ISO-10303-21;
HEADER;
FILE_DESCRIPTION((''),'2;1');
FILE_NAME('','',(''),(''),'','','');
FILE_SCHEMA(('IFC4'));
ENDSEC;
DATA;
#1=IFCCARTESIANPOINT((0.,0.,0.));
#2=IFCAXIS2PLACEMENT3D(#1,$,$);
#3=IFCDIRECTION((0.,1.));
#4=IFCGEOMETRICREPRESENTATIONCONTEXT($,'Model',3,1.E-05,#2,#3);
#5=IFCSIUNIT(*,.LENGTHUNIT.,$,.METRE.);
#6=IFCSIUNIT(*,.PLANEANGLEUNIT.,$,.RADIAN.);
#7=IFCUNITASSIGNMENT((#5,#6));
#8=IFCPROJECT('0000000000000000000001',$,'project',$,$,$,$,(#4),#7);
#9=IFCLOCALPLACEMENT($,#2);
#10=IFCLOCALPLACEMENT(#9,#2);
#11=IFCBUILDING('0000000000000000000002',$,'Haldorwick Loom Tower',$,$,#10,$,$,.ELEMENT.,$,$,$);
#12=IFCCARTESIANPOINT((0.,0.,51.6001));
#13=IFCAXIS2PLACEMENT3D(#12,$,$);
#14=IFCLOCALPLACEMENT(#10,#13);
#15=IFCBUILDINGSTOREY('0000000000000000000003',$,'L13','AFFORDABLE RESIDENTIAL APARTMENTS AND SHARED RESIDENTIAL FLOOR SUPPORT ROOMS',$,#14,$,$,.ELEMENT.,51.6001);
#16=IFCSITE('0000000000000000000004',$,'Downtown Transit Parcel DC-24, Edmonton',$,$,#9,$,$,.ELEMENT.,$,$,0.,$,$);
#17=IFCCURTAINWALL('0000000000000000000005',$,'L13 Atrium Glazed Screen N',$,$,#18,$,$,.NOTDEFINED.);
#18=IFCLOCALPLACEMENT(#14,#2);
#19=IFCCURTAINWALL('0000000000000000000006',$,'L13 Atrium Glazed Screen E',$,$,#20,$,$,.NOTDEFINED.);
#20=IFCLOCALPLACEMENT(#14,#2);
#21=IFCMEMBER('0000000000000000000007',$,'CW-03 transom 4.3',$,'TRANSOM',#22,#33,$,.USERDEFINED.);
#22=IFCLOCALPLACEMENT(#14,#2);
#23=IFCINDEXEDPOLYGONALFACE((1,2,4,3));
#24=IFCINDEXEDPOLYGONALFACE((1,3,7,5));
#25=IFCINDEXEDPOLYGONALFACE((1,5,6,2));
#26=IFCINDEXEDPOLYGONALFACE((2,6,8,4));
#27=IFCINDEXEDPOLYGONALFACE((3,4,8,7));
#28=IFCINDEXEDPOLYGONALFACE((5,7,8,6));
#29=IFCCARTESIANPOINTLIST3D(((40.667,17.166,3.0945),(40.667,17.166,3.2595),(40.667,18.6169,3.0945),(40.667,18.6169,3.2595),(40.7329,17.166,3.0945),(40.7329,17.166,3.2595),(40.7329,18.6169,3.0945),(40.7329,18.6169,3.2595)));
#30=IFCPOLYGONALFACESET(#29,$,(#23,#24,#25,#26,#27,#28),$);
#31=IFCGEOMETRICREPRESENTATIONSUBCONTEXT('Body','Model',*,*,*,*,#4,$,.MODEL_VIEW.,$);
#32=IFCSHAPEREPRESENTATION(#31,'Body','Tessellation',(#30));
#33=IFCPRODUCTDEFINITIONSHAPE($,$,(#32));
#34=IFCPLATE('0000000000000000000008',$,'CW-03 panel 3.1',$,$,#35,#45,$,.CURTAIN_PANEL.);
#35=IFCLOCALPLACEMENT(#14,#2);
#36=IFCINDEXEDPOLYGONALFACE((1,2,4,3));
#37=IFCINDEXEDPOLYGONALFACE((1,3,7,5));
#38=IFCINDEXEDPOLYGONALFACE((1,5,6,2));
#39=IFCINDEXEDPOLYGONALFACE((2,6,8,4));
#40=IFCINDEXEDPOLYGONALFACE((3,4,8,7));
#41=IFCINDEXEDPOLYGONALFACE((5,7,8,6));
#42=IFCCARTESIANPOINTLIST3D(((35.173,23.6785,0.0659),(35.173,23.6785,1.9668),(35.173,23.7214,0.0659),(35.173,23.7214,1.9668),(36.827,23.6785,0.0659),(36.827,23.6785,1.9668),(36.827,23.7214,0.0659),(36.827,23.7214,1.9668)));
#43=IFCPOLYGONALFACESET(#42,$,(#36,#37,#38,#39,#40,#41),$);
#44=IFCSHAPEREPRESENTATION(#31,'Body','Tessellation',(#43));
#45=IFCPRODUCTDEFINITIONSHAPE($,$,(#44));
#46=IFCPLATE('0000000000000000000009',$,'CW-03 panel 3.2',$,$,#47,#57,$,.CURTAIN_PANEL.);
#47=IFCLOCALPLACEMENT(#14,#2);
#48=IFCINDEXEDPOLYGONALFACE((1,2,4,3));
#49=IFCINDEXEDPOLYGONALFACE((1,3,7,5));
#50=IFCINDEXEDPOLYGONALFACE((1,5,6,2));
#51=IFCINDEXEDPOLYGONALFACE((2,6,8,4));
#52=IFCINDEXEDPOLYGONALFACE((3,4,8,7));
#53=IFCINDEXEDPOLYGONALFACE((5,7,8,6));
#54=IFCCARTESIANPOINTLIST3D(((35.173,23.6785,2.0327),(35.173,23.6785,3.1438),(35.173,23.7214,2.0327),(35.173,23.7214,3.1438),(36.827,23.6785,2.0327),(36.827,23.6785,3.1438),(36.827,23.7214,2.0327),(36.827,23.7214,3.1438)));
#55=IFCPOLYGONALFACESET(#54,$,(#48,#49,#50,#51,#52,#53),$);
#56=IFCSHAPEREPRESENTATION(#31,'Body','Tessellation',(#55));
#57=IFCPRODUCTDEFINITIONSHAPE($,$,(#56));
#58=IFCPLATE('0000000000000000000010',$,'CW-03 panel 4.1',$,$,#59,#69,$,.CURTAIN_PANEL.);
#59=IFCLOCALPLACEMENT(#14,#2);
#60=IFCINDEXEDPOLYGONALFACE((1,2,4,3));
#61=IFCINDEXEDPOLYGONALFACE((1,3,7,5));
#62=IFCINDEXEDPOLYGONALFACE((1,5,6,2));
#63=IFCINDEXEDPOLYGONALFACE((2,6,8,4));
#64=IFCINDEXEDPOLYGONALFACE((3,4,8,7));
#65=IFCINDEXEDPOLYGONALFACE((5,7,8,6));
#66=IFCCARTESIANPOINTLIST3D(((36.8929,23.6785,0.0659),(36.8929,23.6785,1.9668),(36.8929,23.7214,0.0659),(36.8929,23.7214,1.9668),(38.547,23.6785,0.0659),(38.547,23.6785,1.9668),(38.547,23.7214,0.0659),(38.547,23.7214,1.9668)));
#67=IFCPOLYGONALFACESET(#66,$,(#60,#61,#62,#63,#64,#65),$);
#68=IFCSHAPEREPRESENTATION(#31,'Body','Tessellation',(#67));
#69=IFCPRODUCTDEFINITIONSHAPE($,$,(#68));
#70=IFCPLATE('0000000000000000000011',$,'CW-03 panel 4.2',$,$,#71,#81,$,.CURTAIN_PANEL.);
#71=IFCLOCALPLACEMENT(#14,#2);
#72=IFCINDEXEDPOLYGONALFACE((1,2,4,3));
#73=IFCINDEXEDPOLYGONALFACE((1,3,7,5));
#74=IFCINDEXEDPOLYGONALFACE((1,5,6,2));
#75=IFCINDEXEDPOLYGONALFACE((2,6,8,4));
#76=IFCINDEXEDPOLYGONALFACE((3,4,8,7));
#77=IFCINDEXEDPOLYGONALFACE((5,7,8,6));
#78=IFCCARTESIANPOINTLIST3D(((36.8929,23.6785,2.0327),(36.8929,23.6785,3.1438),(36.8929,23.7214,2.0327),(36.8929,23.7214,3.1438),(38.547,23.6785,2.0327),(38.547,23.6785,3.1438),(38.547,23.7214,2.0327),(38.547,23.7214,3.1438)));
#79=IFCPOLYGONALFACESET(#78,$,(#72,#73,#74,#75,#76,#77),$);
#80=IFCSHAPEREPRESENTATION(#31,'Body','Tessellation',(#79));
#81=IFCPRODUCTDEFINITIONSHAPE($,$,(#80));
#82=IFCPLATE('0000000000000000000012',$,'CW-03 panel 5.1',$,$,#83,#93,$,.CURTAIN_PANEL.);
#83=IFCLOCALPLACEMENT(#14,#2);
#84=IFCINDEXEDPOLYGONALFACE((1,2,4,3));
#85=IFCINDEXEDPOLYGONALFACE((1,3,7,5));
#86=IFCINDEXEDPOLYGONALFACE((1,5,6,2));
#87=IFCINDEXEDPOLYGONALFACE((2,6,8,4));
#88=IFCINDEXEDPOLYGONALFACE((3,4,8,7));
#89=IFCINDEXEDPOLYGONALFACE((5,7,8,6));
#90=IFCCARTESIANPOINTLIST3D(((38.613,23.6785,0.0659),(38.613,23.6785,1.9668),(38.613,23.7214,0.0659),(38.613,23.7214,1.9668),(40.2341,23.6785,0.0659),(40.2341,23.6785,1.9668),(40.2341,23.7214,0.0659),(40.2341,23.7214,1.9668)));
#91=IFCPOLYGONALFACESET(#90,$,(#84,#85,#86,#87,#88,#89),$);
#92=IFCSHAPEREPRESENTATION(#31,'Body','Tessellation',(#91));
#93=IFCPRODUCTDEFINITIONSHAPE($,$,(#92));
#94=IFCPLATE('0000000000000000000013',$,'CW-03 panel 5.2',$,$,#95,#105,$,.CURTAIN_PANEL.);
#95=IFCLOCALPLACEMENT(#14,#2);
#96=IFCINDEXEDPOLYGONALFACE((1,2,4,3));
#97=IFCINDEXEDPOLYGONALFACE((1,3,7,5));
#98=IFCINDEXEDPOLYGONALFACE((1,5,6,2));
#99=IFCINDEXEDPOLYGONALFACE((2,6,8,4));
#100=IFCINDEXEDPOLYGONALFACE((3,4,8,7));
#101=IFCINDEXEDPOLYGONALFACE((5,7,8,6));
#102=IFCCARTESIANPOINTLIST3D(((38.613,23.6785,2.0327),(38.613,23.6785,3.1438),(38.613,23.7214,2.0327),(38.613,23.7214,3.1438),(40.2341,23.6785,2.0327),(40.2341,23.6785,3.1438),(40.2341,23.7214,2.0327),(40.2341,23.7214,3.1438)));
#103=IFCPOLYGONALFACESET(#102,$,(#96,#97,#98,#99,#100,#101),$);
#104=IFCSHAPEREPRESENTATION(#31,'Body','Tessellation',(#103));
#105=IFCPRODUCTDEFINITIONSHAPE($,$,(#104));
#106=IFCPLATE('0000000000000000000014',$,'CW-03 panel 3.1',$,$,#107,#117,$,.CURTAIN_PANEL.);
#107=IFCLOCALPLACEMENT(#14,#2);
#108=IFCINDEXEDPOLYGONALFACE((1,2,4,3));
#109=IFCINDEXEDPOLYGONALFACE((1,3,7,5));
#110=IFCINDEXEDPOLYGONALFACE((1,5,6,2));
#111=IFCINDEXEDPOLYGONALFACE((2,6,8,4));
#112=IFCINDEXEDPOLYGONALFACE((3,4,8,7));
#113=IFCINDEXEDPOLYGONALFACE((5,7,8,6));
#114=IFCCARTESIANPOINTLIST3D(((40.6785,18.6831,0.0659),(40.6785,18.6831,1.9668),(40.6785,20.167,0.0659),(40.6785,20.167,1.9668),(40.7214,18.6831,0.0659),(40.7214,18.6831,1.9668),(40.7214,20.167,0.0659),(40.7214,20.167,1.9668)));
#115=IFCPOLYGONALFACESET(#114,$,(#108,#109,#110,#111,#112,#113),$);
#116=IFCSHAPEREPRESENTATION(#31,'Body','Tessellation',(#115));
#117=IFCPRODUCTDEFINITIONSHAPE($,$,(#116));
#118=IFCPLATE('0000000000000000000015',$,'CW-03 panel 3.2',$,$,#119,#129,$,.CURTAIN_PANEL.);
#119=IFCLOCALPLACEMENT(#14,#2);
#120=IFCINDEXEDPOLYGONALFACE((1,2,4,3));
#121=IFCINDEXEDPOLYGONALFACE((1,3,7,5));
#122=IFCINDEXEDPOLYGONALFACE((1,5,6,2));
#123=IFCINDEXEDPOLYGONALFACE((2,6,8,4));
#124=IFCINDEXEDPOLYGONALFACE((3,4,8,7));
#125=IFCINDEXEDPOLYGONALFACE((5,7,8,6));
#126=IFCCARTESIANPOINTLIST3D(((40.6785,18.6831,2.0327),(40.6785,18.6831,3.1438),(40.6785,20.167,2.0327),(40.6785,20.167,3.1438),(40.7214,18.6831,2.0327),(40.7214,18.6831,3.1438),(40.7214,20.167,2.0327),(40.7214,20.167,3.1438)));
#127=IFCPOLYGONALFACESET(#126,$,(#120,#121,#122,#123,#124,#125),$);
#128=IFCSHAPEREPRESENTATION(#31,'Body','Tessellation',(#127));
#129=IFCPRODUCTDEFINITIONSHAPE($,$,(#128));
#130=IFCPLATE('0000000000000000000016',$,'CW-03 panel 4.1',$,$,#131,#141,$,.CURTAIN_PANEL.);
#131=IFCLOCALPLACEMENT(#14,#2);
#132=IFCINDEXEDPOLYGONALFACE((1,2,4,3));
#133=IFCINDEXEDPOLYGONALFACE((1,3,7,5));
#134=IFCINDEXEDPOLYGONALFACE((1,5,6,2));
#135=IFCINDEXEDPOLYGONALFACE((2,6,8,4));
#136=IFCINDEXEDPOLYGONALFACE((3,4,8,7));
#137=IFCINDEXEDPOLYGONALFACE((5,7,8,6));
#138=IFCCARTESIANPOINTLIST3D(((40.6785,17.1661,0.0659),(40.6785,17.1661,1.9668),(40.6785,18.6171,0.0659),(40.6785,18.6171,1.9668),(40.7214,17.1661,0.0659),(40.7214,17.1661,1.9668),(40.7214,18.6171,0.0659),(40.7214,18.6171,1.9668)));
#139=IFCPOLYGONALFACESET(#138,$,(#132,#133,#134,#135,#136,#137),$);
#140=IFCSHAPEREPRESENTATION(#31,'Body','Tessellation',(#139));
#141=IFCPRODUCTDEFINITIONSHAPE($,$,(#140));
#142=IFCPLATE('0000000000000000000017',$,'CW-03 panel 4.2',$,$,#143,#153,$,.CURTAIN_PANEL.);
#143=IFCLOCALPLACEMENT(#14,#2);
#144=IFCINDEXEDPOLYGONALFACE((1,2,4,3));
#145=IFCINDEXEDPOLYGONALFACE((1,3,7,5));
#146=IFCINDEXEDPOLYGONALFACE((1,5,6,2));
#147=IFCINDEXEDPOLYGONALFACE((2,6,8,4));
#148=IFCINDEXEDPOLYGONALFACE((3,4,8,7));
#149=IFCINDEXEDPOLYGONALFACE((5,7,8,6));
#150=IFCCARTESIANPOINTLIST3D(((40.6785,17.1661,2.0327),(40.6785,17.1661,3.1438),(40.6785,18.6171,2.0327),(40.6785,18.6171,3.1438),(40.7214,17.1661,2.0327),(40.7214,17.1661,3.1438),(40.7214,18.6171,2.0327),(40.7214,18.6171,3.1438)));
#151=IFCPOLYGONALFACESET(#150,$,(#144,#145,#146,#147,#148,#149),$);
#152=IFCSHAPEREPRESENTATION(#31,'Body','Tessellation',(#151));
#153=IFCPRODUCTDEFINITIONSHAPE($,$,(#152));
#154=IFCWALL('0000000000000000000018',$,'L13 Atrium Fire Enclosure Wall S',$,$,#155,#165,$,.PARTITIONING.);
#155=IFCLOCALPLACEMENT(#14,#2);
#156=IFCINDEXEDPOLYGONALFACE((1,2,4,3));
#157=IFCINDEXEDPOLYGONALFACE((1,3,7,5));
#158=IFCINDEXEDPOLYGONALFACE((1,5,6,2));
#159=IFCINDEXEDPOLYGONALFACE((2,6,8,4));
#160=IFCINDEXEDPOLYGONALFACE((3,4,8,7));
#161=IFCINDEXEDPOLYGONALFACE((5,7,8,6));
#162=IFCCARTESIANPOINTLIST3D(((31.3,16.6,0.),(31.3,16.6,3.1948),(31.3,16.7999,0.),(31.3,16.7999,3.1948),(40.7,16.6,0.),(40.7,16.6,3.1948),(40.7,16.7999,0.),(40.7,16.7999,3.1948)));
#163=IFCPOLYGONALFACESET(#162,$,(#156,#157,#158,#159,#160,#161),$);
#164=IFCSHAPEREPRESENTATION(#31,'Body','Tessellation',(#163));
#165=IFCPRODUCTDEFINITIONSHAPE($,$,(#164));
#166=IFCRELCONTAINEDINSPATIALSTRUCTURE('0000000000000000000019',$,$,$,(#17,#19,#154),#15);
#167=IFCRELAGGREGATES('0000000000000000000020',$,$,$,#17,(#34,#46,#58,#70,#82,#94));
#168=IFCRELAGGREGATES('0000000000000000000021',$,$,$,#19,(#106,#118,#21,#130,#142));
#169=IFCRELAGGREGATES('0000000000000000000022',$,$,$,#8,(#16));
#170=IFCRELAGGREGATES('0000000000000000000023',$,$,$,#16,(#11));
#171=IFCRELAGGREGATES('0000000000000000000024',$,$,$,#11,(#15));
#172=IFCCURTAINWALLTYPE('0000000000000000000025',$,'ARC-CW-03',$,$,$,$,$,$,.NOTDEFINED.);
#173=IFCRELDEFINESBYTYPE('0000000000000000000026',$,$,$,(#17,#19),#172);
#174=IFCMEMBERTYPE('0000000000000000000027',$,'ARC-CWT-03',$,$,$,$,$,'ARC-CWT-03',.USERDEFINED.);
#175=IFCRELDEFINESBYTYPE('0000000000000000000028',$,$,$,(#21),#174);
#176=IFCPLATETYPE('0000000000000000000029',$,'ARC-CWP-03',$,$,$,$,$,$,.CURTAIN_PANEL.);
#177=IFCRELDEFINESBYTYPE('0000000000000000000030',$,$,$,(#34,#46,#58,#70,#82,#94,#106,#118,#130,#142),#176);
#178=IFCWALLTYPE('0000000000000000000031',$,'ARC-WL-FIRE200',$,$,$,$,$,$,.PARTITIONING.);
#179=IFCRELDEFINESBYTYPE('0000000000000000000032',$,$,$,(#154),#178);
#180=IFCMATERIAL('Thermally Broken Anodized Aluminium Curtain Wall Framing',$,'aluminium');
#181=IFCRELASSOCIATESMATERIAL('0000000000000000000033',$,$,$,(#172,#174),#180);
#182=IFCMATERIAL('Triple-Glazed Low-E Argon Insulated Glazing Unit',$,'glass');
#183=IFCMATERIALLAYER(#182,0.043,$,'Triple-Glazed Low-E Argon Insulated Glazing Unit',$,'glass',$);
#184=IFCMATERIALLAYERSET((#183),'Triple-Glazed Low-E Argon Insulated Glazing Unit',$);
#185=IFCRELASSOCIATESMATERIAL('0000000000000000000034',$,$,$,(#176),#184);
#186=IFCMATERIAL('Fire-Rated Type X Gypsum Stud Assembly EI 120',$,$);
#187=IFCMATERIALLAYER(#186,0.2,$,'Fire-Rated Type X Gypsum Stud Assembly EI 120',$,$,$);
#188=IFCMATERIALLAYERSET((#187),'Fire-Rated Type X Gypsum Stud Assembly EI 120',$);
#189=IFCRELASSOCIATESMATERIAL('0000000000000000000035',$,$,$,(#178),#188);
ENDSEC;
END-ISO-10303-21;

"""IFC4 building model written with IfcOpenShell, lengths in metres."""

from ifc_helpers import new_model, si_unit, direction, frame, frame_2d, origin, origin_2d, place, context, subcontext, project, spatial, rectangle, extrude, material, layer, layer_set, material_profile, profile_set, type_object, element, aggregate, save


model = new_model("IFC4")

# Units and contexts
model_context = context("Model", 3, precision=1e-05, world=origin(), true_north=direction((0.0, 1.0)))
body_context = subcontext(model_context, "Body", "Model", "MODEL_VIEW")
ifc_project = project(units=[si_unit("LENGTHUNIT", "METRE"), si_unit("PLANEANGLEUNIT", "RADIAN")], contexts=[model_context])

# Site, building, storey
site_placement = place(None, origin())
site = spatial("IfcSite", under=ifc_project, at=site_placement, Name="Downtown Transit Parcel DC-24, Edmonton", CompositionType="ELEMENT", RefElevation=0.0)
building_placement = place(site_placement, origin())
building = spatial("IfcBuilding", under=site, at=building_placement, Name="Haldorwick Loom Tower", CompositionType="ELEMENT")
storey_placement = place(building_placement, frame((0.0, 0.0, 51.6001)))
storey = spatial("IfcBuildingStorey", under=building, at=storey_placement, Name="L13", Description="AFFORDABLE RESIDENTIAL APARTMENTS AND SHARED RESIDENTIAL FLOOR SUPPORT ROOMS", CompositionType="ELEMENT", Elevation=51.6001)

# Curtain walls
ifc_material_1 = material(Name="Thermally Broken Anodized Aluminium Curtain Wall Framing", Category="aluminium")
curtain_wall_type = type_object("IfcCurtainWallType", Name="ARC-CW-03", PredefinedType="NOTDEFINED", material=ifc_material_1)
curtain_wall_1_placement = place(storey_placement, origin())
curtain_wall_1 = element("IfcCurtainWall", 1, at=curtain_wall_1_placement, inside=storey, type_object=curtain_wall_type, Name="L13 Atrium Glazed Screen N", PredefinedType="NOTDEFINED")
curtain_wall_2_placement = place(storey_placement, origin())
curtain_wall_2 = element("IfcCurtainWall", 2, at=curtain_wall_2_placement, inside=storey, type_object=curtain_wall_type, Name="L13 Atrium Glazed Screen E", PredefinedType="NOTDEFINED")

# Member
ifc_material_profile_1 = material_profile(ifc_material_1, rectangle(XDim=0.0659, YDim=0.165, at=origin_2d()), Name="ALU_TRN_66X165", Category="aluminium")
ifc_profile_set_1 = profile_set([ifc_material_profile_1], Name="Thermally Broken Anodized Aluminium Curtain Wall Framing")
member_type_1 = type_object("IfcMemberType", Name="ARC-CWT-03", ElementType="ARC-CWT-03", PredefinedType="USERDEFINED", material=ifc_profile_set_1)
member_1_placement = place(storey_placement, frame((40.7, 18.6169, 3.177), z_axis=(0.0, -1.0, 0.0), x_axis=(1.0, 0.0, 0.0)))
member_1 = element("IfcMember", 3, at=member_1_placement, type_object=member_type_1, Name="CW-03 transom 4.3", ObjectType="TRANSOM", PredefinedType="USERDEFINED", context=body_context, shape_type="SweptSolid", body=[
    extrude(rectangle(XDim=0.0659, YDim=0.165, at=origin_2d()), origin(), (0.0, 0.0, 1.0), 1.4509),
])

# Plates
ifc_material_2 = material(Name="Triple-Glazed Low-E Argon Insulated Glazing Unit", Category="glass")
ifc_layer_1 = layer(ifc_material_2, 0.043, Name="Triple-Glazed Low-E Argon Insulated Glazing Unit", Category="glass")
ifc_layer_set_1 = layer_set([ifc_layer_1], Name="Triple-Glazed Low-E Argon Insulated Glazing Unit")
plate_type = type_object("IfcPlateType", Name="ARC-CWP-03", PredefinedType="CURTAIN_PANEL", material=ifc_layer_set_1)
plate_1_placement = place(storey_placement, frame((36.0, 23.7, 0.0659), z_axis=(0.0, 0.0, 1.0), x_axis=(1.0, 0.0, 0.0)))
plate_1 = element("IfcPlate", 4, at=plate_1_placement, type_object=plate_type, Name="CW-03 panel 3.1", PredefinedType="CURTAIN_PANEL", context=body_context, shape_type="SweptSolid", body=[
    extrude(rectangle(XDim=1.6541, YDim=0.043, at=origin_2d()), origin(), (0.0, 0.0, 1.0), 1.9009),
])
plate_2_placement = place(storey_placement, frame((36.0, 23.7, 2.0327), z_axis=(0.0, 0.0, 1.0), x_axis=(1.0, 0.0, 0.0)))
plate_2 = element("IfcPlate", 5, at=plate_2_placement, type_object=plate_type, Name="CW-03 panel 3.2", PredefinedType="CURTAIN_PANEL", context=body_context, shape_type="SweptSolid", body=[
    extrude(rectangle(XDim=1.6541, YDim=0.043, at=origin_2d()), origin(), (0.0, 0.0, 1.0), 1.1111),
])
plate_3_placement = place(storey_placement, frame((37.72, 23.7, 0.0659), z_axis=(0.0, 0.0, 1.0), x_axis=(1.0, 0.0, 0.0)))
plate_3 = element("IfcPlate", 6, at=plate_3_placement, type_object=plate_type, Name="CW-03 panel 4.1", PredefinedType="CURTAIN_PANEL", context=body_context, shape_type="SweptSolid", body=[
    extrude(rectangle(XDim=1.6541, YDim=0.043, at=origin_2d()), origin(), (0.0, 0.0, 1.0), 1.9009),
])
plate_4_placement = place(storey_placement, frame((37.72, 23.7, 2.0327), z_axis=(0.0, 0.0, 1.0), x_axis=(1.0, 0.0, 0.0)))
plate_4 = element("IfcPlate", 7, at=plate_4_placement, type_object=plate_type, Name="CW-03 panel 4.2", PredefinedType="CURTAIN_PANEL", context=body_context, shape_type="SweptSolid", body=[
    extrude(rectangle(XDim=1.6541, YDim=0.043, at=origin_2d()), origin(), (0.0, 0.0, 1.0), 1.1111),
])
plate_5_placement = place(storey_placement, frame((39.4236, 23.7, 0.0659), z_axis=(0.0, 0.0, 1.0), x_axis=(1.0, 0.0, 0.0)))
plate_5 = element("IfcPlate", 8, at=plate_5_placement, type_object=plate_type, Name="CW-03 panel 5.1", PredefinedType="CURTAIN_PANEL", context=body_context, shape_type="SweptSolid", body=[
    extrude(rectangle(XDim=1.6211, YDim=0.043, at=origin_2d()), origin(), (0.0, 0.0, 1.0), 1.9009),
])
plate_6_placement = place(storey_placement, frame((39.4236, 23.7, 2.0327), z_axis=(0.0, 0.0, 1.0), x_axis=(1.0, 0.0, 0.0)))
plate_6 = element("IfcPlate", 9, at=plate_6_placement, type_object=plate_type, Name="CW-03 panel 5.2", PredefinedType="CURTAIN_PANEL", context=body_context, shape_type="SweptSolid", body=[
    extrude(rectangle(XDim=1.6211, YDim=0.043, at=origin_2d()), origin(), (0.0, 0.0, 1.0), 1.1111),
])
aggregate(curtain_wall_1, [plate_1, plate_2, plate_3, plate_4, plate_5, plate_6])
plate_7_placement = place(storey_placement, frame((40.7, 19.425, 0.0659), z_axis=(0.0, 0.0, 1.0), x_axis=(0.0, -1.0, 0.0)))
plate_7 = element("IfcPlate", 10, at=plate_7_placement, type_object=plate_type, Name="CW-03 panel 3.1", PredefinedType="CURTAIN_PANEL", context=body_context, shape_type="SweptSolid", body=[
    extrude(rectangle(XDim=1.4839, YDim=0.043, at=origin_2d()), origin(), (0.0, 0.0, 1.0), 1.9009),
])
plate_8_placement = place(storey_placement, frame((40.7, 19.425, 2.0327), z_axis=(0.0, 0.0, 1.0), x_axis=(0.0, -1.0, 0.0)))
plate_8 = element("IfcPlate", 11, at=plate_8_placement, type_object=plate_type, Name="CW-03 panel 3.2", PredefinedType="CURTAIN_PANEL", context=body_context, shape_type="SweptSolid", body=[
    extrude(rectangle(XDim=1.4839, YDim=0.043, at=origin_2d()), origin(), (0.0, 0.0, 1.0), 1.1111),
])
plate_9_placement = place(storey_placement, frame((40.7, 17.8916, 0.0659), z_axis=(0.0, 0.0, 1.0), x_axis=(0.0, -1.0, 0.0)))
plate_9 = element("IfcPlate", 12, at=plate_9_placement, type_object=plate_type, Name="CW-03 panel 4.1", PredefinedType="CURTAIN_PANEL", context=body_context, shape_type="SweptSolid", body=[
    extrude(rectangle(XDim=1.4509, YDim=0.043, at=origin_2d()), origin(), (0.0, 0.0, 1.0), 1.9009),
])
plate_10_placement = place(storey_placement, frame((40.7, 17.8916, 2.0327), z_axis=(0.0, 0.0, 1.0), x_axis=(0.0, -1.0, 0.0)))
plate_10 = element("IfcPlate", 13, at=plate_10_placement, type_object=plate_type, Name="CW-03 panel 4.2", PredefinedType="CURTAIN_PANEL", context=body_context, shape_type="SweptSolid", body=[
    extrude(rectangle(XDim=1.4509, YDim=0.043, at=origin_2d()), origin(), (0.0, 0.0, 1.0), 1.1111),
])
aggregate(curtain_wall_2, [plate_7, plate_8, member_1, plate_9, plate_10])

# Wall
ifc_material_3 = material(Name="Fire-Rated Type X Gypsum Stud Assembly EI 120")
ifc_layer_2 = layer(ifc_material_3, 0.2, Name="Fire-Rated Type X Gypsum Stud Assembly EI 120")
ifc_layer_set_2 = layer_set([ifc_layer_2], Name="Fire-Rated Type X Gypsum Stud Assembly EI 120")
wall_type = type_object("IfcWallType", Name="ARC-WL-FIRE200", PredefinedType="PARTITIONING", material=ifc_layer_set_2)
wall_placement = place(storey_placement, frame((40.7, 16.7, 0.0), z_axis=(0.0, 0.0, 1.0), x_axis=(-1.0, 0.0, 0.0)))
element("IfcWall", 14, at=wall_placement, inside=storey, type_object=wall_type, Name="L13 Atrium Fire Enclosure Wall S", PredefinedType="PARTITIONING", context=body_context, shape_type="SweptSolid", body=[
    extrude(rectangle(XDim=9.3999, YDim=0.2, at=frame_2d((4.7, 0.0))), origin(), (0.0, 0.0, 1.0), 3.1948),
])

save(model, "model.ifc")
